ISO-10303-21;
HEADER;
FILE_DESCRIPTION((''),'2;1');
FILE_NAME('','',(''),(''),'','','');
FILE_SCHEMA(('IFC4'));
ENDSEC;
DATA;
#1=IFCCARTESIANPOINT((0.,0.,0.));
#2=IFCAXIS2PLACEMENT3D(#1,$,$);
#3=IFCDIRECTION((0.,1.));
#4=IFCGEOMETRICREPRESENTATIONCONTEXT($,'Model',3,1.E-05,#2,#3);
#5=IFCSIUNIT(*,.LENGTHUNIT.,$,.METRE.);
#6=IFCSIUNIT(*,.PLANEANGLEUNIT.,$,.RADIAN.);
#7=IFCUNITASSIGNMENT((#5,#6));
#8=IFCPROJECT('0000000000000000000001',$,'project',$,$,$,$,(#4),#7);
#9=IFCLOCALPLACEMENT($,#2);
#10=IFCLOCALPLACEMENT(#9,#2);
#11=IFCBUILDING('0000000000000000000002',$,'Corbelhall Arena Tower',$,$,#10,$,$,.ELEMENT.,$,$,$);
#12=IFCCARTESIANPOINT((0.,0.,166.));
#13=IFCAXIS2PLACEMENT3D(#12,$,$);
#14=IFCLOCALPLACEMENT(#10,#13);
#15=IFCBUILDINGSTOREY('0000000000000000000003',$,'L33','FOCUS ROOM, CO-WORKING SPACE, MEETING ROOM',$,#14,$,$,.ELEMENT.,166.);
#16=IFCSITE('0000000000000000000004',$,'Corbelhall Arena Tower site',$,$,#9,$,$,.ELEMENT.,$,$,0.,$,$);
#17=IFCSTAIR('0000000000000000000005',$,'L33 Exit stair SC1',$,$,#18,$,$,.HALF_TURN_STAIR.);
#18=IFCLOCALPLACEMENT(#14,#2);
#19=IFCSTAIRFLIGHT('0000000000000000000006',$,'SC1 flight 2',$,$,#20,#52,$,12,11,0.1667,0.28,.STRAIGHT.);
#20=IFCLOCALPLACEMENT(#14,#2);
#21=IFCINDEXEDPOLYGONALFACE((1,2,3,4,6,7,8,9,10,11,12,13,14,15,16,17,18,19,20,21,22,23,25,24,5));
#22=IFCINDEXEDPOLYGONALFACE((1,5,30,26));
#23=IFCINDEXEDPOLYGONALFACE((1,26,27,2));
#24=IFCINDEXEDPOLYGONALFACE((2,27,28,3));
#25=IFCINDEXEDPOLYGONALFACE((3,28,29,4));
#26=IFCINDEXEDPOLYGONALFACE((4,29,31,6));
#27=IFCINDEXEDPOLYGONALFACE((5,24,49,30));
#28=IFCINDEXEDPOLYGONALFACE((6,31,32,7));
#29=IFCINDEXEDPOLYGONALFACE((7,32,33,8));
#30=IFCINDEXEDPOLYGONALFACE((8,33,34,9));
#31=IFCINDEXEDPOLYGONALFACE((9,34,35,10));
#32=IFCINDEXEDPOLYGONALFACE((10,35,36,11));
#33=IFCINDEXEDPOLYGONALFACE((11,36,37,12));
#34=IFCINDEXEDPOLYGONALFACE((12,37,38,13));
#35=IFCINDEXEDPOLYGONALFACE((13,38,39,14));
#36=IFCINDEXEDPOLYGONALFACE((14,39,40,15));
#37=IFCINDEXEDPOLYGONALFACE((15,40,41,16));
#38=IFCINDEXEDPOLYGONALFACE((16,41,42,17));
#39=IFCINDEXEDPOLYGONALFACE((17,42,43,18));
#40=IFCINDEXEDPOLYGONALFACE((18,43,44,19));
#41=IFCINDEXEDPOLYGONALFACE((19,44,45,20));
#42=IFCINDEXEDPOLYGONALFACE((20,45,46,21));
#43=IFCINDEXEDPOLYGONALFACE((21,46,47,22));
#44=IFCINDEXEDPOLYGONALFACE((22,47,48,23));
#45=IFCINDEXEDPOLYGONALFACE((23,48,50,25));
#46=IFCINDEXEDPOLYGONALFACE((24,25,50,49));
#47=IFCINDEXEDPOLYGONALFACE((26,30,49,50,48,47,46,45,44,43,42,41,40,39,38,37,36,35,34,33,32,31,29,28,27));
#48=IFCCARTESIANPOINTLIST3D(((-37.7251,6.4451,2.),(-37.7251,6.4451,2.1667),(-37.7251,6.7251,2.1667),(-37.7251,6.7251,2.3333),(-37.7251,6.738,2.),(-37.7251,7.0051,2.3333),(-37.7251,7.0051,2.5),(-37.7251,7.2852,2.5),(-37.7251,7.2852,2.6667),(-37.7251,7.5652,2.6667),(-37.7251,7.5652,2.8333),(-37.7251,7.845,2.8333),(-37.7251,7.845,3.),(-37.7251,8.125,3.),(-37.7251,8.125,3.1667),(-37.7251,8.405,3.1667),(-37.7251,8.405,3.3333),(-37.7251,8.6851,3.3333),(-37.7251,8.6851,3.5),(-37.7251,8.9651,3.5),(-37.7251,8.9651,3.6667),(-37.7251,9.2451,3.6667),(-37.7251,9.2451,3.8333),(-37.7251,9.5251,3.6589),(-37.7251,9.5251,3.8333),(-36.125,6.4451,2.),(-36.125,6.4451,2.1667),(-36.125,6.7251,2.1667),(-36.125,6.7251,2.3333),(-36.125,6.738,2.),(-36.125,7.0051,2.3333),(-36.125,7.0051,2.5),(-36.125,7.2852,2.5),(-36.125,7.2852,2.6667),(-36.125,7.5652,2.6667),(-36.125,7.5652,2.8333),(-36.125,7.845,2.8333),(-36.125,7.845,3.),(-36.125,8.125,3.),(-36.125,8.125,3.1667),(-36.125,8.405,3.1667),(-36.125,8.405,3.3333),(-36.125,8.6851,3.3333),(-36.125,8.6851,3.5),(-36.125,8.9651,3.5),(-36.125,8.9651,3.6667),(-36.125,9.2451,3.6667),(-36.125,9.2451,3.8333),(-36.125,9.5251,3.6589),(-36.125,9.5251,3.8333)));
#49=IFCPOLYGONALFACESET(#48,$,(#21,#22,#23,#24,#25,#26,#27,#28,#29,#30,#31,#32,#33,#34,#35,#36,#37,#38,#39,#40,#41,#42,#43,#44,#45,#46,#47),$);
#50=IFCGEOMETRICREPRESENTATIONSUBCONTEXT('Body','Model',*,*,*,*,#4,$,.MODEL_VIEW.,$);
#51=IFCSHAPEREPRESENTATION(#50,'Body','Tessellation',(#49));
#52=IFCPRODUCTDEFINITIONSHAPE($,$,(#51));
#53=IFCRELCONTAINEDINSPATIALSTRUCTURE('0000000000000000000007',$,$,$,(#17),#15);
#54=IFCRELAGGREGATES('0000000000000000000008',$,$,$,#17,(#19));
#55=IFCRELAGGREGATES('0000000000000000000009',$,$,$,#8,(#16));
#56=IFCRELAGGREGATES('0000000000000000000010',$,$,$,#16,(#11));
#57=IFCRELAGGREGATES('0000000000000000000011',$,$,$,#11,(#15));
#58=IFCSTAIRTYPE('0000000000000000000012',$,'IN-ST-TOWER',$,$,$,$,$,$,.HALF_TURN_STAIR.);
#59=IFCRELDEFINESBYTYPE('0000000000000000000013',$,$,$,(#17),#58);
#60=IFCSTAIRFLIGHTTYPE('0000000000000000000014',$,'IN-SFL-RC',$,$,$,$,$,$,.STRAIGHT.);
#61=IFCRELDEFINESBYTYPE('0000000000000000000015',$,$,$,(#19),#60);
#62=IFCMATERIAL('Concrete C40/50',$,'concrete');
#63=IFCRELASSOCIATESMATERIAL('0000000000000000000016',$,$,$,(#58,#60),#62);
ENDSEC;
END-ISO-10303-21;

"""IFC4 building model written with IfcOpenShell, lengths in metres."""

from ifc_helpers import new_model, si_unit, direction, frame, origin, place, context, subcontext, project, spatial, polyline, outline, extrude, material, type_object, element, aggregate, save


model = new_model("IFC4")

# Units and contexts
model_context = context("Model", 3, precision=1e-05, world=origin(), true_north=direction((0.0, 1.0)))
body_context = subcontext(model_context, "Body", "Model", "MODEL_VIEW")
ifc_project = project(units=[si_unit("LENGTHUNIT", "METRE"), si_unit("PLANEANGLEUNIT", "RADIAN")], contexts=[model_context])

# Site, building, storey
site_placement = place(None, origin())
site = spatial("IfcSite", under=ifc_project, at=site_placement, Name="Corbelhall Arena Tower site", CompositionType="ELEMENT", RefElevation=0.0)
building_placement = place(site_placement, origin())
building = spatial("IfcBuilding", under=site, at=building_placement, Name="Corbelhall Arena Tower", CompositionType="ELEMENT")
storey_placement = place(building_placement, frame((0.0, 0.0, 166.0)))
storey = spatial("IfcBuildingStorey", under=building, at=storey_placement, Name="L33", Description="FOCUS ROOM, CO-WORKING SPACE, MEETING ROOM", CompositionType="ELEMENT", Elevation=166.0)

# Shared definitions
ifc_material_1 = material(Name="Concrete C40/50", Category="concrete")

# Stair, stair flight
stair_type = type_object("IfcStairType", Name="IN-ST-TOWER", PredefinedType="HALF_TURN_STAIR", material=ifc_material_1)
stair_placement = place(storey_placement, origin())
stair = element("IfcStair", 1, at=stair_placement, inside=storey, type_object=stair_type, Name="L33 Exit stair SC1", PredefinedType="HALF_TURN_STAIR")
stair_flight_type = type_object("IfcStairFlightType", Name="IN-SFL-RC", PredefinedType="STRAIGHT", material=ifc_material_1)
stair_flight_1_placement = place(storey_placement, frame((-36.925, 6.4451, 2.0), z_axis=(0.0, 0.0, 1.0), x_axis=(0.0, 1.0, 0.0)))
stair_flight_1 = element("IfcStairFlight", 2, at=stair_flight_1_placement, type_object=stair_flight_type, Name="SC1 flight 2", NumberOfRisers=12, NumberOfTreads=11, PredefinedType="STRAIGHT", RiserHeight=0.1667, TreadLength=0.28, context=body_context, shape_type="SweptSolid", body=[
    extrude(outline(polyline([(0.0, 0.0), (0.0, 0.1667), (0.28, 0.1667), (0.28, 0.3333), (0.5601, 0.3333), (0.5601, 0.5), (0.8401, 0.5), (0.8401, 0.6667), (1.1201, 0.6667), (1.1201, 0.8333), (1.3999, 0.8333), (1.3999, 1.0), (1.6799, 1.0), (1.6799, 1.1667), (1.96, 1.1667), (1.96, 1.3333), (2.24, 1.3333), (2.24, 1.5), (2.52, 1.5), (2.52, 1.6667), (2.8, 1.6667), (2.8, 1.8333), (3.0801, 1.8333), (3.0801, 2.0), (3.0801, 1.6589), (0.293, 0.0), (0.0, 0.0)])), frame((0.0, 0.8, 0.0), z_axis=(0.0, -1.0, 0.0), x_axis=(1.0, 0.0, 0.0)), (0.0, 0.0, 1.0), 1.6001),
])
aggregate(stair, [stair_flight_1])

save(model, "model.ifc")
